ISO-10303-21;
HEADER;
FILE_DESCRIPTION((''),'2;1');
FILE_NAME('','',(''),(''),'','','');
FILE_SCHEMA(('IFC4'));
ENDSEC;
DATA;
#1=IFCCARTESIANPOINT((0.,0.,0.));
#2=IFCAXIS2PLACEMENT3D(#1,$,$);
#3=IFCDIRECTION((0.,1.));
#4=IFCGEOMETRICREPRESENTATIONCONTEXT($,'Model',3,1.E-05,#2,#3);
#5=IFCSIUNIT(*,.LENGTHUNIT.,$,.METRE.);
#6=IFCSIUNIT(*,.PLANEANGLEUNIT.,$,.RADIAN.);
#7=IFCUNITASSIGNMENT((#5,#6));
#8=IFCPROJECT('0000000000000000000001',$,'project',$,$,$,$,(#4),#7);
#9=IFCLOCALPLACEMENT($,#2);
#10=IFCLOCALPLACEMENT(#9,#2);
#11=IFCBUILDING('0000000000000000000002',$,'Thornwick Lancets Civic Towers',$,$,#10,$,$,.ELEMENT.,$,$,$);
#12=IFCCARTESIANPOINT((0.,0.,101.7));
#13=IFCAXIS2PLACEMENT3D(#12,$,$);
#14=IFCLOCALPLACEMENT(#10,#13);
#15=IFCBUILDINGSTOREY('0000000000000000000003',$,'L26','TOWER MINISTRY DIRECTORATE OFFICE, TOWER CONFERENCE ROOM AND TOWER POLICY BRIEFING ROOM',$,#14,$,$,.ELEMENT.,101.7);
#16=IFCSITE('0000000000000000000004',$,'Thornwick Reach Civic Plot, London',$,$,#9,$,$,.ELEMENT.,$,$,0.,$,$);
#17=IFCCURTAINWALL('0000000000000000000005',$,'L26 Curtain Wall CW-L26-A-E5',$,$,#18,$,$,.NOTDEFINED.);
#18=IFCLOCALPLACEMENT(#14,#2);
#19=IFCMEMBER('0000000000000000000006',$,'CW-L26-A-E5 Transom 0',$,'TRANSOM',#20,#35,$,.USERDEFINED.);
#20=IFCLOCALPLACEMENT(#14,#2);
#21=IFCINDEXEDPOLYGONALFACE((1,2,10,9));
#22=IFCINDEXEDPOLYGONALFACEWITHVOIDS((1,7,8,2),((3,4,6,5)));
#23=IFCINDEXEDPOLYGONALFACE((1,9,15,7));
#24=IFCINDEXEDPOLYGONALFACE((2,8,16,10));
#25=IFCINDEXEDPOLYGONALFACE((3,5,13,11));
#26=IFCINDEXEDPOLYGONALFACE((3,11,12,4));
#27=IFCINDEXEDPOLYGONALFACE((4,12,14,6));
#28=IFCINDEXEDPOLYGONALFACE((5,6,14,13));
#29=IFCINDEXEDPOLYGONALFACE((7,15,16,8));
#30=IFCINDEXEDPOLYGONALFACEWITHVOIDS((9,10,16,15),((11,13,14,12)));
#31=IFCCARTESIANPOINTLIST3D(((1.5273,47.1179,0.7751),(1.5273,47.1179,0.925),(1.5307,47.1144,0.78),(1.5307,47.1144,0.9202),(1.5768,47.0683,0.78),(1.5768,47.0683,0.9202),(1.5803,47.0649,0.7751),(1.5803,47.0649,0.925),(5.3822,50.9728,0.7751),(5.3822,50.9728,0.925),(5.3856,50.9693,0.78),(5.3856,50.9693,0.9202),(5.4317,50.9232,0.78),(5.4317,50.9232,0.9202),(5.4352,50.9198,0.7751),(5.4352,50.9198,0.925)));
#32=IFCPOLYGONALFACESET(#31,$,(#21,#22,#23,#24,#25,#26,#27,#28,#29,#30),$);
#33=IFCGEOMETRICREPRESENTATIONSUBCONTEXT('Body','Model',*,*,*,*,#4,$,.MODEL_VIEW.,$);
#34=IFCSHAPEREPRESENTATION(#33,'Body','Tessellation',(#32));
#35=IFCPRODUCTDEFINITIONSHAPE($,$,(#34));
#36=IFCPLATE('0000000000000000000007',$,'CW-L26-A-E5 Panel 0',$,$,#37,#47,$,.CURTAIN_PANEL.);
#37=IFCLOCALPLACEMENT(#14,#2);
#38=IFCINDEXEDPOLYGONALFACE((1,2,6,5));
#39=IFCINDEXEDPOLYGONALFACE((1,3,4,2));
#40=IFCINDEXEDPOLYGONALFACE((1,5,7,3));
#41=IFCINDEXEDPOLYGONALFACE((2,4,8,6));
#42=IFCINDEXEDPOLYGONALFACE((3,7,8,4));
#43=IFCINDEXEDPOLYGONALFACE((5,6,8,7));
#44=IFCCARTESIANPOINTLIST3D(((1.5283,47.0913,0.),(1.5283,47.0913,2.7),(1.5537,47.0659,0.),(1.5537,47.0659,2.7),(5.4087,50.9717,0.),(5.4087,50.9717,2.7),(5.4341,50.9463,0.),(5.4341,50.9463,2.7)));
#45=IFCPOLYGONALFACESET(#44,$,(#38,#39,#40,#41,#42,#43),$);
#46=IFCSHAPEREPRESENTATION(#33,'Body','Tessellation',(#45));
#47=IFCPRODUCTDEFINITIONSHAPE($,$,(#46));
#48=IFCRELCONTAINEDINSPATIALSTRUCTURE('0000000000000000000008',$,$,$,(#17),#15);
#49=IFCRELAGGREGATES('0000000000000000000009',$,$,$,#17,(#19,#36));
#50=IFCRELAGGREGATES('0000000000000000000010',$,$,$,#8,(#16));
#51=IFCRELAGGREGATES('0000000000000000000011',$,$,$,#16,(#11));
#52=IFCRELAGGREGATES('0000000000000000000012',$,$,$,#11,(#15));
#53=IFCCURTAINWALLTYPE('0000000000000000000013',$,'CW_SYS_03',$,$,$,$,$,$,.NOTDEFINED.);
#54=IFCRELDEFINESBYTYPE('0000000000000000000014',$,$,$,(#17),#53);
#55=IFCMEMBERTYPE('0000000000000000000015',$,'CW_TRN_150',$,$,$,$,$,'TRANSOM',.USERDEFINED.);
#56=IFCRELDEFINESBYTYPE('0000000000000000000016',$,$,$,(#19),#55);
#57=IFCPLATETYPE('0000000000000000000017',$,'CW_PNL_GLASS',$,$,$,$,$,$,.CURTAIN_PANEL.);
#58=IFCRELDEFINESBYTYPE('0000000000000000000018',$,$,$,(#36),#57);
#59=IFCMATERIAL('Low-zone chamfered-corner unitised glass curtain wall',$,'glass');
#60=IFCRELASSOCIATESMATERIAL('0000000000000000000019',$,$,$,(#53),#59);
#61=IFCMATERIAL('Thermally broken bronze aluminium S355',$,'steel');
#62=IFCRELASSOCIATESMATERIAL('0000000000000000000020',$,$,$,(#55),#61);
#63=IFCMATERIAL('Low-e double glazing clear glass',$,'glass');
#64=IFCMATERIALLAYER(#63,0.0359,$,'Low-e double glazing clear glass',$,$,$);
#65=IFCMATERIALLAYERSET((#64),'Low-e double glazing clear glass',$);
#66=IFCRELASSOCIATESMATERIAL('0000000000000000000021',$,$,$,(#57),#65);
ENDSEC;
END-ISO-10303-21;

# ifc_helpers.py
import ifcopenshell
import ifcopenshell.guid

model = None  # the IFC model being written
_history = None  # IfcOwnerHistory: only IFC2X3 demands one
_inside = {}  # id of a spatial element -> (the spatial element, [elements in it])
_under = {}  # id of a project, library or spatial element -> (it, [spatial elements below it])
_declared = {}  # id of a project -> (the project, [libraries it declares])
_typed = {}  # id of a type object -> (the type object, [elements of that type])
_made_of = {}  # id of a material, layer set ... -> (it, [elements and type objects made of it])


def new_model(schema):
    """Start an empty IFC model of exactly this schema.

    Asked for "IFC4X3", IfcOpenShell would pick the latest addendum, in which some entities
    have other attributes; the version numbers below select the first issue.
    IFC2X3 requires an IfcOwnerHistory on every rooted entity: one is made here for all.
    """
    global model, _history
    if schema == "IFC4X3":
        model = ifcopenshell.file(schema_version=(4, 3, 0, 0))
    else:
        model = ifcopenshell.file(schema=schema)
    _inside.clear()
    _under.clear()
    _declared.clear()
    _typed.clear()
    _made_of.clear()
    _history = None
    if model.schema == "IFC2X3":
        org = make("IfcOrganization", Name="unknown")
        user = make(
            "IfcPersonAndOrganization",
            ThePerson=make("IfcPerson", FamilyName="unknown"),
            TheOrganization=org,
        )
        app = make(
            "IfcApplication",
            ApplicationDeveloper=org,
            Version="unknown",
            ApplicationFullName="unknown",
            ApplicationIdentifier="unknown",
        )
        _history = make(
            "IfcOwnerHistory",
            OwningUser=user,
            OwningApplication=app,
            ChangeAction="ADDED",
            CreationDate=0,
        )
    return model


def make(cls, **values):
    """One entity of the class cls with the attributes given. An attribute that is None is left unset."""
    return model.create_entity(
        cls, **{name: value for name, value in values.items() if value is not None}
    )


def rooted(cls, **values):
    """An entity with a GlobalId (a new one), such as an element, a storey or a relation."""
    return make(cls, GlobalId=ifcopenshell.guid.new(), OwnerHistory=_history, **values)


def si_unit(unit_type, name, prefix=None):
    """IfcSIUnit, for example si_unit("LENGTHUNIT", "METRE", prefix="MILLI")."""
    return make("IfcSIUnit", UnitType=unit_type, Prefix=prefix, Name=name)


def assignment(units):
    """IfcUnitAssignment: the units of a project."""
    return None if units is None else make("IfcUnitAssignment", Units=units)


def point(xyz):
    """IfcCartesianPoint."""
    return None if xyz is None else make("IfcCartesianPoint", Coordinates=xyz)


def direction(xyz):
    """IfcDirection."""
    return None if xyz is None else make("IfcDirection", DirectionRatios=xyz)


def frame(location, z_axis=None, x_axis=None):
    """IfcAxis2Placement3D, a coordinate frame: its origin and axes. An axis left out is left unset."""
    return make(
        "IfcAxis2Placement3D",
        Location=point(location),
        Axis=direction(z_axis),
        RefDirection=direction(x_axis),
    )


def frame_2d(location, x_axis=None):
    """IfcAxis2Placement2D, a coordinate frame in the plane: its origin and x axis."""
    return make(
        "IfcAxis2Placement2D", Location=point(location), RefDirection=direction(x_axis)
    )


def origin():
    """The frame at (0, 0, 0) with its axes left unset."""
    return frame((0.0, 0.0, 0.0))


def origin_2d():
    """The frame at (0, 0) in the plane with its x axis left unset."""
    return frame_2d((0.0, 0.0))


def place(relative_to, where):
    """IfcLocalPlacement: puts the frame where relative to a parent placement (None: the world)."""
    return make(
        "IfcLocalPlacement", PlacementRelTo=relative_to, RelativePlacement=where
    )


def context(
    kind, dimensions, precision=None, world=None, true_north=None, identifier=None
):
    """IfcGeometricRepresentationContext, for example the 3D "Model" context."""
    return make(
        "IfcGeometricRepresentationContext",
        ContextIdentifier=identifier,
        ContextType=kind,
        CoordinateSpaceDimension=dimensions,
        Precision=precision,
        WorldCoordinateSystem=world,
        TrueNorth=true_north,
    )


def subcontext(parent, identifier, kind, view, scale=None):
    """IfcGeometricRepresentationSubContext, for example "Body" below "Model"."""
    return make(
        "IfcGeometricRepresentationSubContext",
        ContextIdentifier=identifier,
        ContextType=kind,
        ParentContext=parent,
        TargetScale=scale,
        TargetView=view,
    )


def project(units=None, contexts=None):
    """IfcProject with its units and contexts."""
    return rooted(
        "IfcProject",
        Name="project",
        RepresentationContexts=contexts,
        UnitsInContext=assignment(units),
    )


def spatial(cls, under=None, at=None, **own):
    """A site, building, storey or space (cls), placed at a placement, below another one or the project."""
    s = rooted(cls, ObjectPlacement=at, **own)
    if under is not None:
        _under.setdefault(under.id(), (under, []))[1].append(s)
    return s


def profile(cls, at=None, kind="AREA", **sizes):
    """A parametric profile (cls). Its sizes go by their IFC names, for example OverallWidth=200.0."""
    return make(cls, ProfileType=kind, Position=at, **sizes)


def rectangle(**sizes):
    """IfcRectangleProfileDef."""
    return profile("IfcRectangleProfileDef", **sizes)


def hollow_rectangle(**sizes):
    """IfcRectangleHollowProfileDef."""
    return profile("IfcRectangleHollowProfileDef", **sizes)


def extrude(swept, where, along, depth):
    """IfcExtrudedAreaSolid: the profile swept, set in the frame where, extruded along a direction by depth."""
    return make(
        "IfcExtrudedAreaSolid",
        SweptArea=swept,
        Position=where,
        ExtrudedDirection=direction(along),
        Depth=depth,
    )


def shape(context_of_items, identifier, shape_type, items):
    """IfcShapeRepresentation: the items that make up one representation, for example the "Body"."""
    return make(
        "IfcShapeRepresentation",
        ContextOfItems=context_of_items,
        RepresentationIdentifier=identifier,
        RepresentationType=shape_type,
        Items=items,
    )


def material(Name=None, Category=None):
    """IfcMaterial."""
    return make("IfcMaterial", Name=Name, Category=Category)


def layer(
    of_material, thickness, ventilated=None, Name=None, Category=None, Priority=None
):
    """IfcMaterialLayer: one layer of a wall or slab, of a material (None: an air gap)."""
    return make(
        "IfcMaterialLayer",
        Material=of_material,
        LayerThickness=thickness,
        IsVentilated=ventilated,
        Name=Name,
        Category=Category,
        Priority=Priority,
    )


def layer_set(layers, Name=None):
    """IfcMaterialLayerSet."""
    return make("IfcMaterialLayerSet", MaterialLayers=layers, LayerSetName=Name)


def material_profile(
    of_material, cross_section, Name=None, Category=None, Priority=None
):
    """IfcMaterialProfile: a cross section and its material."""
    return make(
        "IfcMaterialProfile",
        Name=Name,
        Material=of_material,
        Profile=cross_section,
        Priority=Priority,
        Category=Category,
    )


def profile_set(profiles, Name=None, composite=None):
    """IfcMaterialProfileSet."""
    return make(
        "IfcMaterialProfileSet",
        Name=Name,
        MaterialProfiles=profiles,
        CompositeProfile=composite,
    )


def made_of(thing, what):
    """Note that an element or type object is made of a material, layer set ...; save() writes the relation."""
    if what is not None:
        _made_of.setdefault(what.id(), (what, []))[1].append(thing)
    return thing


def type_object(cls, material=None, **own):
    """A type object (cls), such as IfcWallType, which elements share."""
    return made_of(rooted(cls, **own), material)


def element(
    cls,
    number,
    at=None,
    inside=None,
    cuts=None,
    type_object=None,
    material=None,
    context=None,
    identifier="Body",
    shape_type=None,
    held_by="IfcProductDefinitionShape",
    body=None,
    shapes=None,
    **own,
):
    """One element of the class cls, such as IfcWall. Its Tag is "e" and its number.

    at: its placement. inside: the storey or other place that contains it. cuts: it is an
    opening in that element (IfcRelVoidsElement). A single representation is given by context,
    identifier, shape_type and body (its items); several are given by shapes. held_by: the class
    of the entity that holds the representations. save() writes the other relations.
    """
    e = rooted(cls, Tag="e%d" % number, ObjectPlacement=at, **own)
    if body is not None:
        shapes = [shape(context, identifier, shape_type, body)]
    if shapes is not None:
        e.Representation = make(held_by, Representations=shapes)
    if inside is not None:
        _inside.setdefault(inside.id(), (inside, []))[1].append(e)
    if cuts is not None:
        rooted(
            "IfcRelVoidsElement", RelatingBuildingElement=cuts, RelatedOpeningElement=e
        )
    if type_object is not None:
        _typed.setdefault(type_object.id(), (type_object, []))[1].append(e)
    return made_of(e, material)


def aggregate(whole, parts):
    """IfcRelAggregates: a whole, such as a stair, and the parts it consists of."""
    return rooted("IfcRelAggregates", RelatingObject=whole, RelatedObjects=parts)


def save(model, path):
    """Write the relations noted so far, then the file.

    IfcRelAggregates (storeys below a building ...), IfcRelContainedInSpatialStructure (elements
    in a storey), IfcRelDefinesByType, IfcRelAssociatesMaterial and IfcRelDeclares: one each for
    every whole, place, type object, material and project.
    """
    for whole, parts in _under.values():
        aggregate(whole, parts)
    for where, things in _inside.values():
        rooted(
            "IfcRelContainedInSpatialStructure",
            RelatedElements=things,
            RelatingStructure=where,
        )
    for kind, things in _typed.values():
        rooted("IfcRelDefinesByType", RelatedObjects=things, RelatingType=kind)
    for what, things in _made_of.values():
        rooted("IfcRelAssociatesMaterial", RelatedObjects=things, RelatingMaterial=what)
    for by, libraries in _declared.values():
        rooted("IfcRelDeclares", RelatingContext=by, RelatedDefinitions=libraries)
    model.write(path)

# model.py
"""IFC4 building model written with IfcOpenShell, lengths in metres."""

from ifc_helpers import new_model, si_unit, direction, frame, origin, origin_2d, place, context, subcontext, project, spatial, rectangle, hollow_rectangle, extrude, material, layer, layer_set, material_profile, profile_set, type_object, element, aggregate, save


model = new_model("IFC4")

# Units and contexts
model_context = context("Model", 3, precision=1e-05, world=origin(), true_north=direction((0.0, 1.0)))
body_context = subcontext(model_context, "Body", "Model", "MODEL_VIEW")
ifc_project = project(units=[si_unit("LENGTHUNIT", "METRE"), si_unit("PLANEANGLEUNIT", "RADIAN")], contexts=[model_context])

# Site, building, storey
site_placement = place(None, origin())
site = spatial("IfcSite", under=ifc_project, at=site_placement, Name="Thornwick Reach Civic Plot, London", CompositionType="ELEMENT", RefElevation=0.0)
building_placement = place(site_placement, origin())
building = spatial("IfcBuilding", under=site, at=building_placement, Name="Thornwick Lancets Civic Towers", CompositionType="ELEMENT")
storey_placement = place(building_placement, frame((0.0, 0.0, 101.7)))
storey = spatial("IfcBuildingStorey", under=building, at=storey_placement, Name="L26", Description="TOWER MINISTRY DIRECTORATE OFFICE, TOWER CONFERENCE ROOM AND TOWER POLICY BRIEFING ROOM", CompositionType="ELEMENT", Elevation=101.7)

# Curtain wall, member, plate
ifc_material_1 = material(Name="Low-zone chamfered-corner unitised glass curtain wall", Category="glass")
curtain_wall_type = type_object("IfcCurtainWallType", Name="CW_SYS_03", PredefinedType="NOTDEFINED", material=ifc_material_1)
curtain_wall_placement = place(storey_placement, origin())
curtain_wall = element("IfcCurtainWall", 1, at=curtain_wall_placement, inside=storey, type_object=curtain_wall_type, Name="L26 Curtain Wall CW-L26-A-E5", PredefinedType="NOTDEFINED")
ifc_material_2 = material(Name="Thermally broken bronze aluminium S355", Category="steel")
ifc_material_profile_1 = material_profile(ifc_material_2, hollow_rectangle(XDim=0.075, YDim=0.1499, WallThickness=0.0049, at=origin_2d()), Name="RHS 150x75x5")
ifc_profile_set_1 = profile_set([ifc_material_profile_1], Name="Thermally broken bronze aluminium S355")
member_type_1 = type_object("IfcMemberType", Name="CW_TRN_150", ElementType="TRANSOM", PredefinedType="USERDEFINED", material=ifc_profile_set_1)
member_1_placement = place(storey_placement, frame((5.4087, 50.9463, 0.8501), z_axis=(-0.707107, -0.707107, 0.0), x_axis=(0.707107, -0.707107, 0.0)))
member_1 = element("IfcMember", 2, at=member_1_placement, type_object=member_type_1, Name="CW-L26-A-E5 Transom 0", ObjectType="TRANSOM", PredefinedType="USERDEFINED", context=body_context, shape_type="SweptSolid", body=[
    extrude(hollow_rectangle(XDim=0.075, YDim=0.1499, WallThickness=0.0049, at=origin_2d()), origin(), (0.0, 0.0, 1.0), 5.4517),
])
ifc_material_3 = material(Name="Low-e double glazing clear glass", Category="glass")
ifc_layer_1 = layer(ifc_material_3, 0.0359, Name="Low-e double glazing clear glass")
ifc_layer_set_1 = layer_set([ifc_layer_1], Name="Low-e double glazing clear glass")
plate_type = type_object("IfcPlateType", Name="CW_PNL_GLASS", PredefinedType="CURTAIN_PANEL", material=ifc_layer_set_1)
plate_placement = place(storey_placement, frame((3.4812, 49.0188, 0.0), z_axis=(0.0, 0.0, 1.0), x_axis=(-0.707107, -0.707107, 0.0)))
plate = element("IfcPlate", 3, at=plate_placement, type_object=plate_type, Name="CW-L26-A-E5 Panel 0", PredefinedType="CURTAIN_PANEL", context=body_context, shape_type="SweptSolid", body=[
    extrude(rectangle(XDim=5.4878, YDim=0.0359, at=origin_2d()), origin(), (0.0, 0.0, 1.0), 2.7),
])
aggregate(curtain_wall, [member_1, plate])

save(model, "model.ifc")
